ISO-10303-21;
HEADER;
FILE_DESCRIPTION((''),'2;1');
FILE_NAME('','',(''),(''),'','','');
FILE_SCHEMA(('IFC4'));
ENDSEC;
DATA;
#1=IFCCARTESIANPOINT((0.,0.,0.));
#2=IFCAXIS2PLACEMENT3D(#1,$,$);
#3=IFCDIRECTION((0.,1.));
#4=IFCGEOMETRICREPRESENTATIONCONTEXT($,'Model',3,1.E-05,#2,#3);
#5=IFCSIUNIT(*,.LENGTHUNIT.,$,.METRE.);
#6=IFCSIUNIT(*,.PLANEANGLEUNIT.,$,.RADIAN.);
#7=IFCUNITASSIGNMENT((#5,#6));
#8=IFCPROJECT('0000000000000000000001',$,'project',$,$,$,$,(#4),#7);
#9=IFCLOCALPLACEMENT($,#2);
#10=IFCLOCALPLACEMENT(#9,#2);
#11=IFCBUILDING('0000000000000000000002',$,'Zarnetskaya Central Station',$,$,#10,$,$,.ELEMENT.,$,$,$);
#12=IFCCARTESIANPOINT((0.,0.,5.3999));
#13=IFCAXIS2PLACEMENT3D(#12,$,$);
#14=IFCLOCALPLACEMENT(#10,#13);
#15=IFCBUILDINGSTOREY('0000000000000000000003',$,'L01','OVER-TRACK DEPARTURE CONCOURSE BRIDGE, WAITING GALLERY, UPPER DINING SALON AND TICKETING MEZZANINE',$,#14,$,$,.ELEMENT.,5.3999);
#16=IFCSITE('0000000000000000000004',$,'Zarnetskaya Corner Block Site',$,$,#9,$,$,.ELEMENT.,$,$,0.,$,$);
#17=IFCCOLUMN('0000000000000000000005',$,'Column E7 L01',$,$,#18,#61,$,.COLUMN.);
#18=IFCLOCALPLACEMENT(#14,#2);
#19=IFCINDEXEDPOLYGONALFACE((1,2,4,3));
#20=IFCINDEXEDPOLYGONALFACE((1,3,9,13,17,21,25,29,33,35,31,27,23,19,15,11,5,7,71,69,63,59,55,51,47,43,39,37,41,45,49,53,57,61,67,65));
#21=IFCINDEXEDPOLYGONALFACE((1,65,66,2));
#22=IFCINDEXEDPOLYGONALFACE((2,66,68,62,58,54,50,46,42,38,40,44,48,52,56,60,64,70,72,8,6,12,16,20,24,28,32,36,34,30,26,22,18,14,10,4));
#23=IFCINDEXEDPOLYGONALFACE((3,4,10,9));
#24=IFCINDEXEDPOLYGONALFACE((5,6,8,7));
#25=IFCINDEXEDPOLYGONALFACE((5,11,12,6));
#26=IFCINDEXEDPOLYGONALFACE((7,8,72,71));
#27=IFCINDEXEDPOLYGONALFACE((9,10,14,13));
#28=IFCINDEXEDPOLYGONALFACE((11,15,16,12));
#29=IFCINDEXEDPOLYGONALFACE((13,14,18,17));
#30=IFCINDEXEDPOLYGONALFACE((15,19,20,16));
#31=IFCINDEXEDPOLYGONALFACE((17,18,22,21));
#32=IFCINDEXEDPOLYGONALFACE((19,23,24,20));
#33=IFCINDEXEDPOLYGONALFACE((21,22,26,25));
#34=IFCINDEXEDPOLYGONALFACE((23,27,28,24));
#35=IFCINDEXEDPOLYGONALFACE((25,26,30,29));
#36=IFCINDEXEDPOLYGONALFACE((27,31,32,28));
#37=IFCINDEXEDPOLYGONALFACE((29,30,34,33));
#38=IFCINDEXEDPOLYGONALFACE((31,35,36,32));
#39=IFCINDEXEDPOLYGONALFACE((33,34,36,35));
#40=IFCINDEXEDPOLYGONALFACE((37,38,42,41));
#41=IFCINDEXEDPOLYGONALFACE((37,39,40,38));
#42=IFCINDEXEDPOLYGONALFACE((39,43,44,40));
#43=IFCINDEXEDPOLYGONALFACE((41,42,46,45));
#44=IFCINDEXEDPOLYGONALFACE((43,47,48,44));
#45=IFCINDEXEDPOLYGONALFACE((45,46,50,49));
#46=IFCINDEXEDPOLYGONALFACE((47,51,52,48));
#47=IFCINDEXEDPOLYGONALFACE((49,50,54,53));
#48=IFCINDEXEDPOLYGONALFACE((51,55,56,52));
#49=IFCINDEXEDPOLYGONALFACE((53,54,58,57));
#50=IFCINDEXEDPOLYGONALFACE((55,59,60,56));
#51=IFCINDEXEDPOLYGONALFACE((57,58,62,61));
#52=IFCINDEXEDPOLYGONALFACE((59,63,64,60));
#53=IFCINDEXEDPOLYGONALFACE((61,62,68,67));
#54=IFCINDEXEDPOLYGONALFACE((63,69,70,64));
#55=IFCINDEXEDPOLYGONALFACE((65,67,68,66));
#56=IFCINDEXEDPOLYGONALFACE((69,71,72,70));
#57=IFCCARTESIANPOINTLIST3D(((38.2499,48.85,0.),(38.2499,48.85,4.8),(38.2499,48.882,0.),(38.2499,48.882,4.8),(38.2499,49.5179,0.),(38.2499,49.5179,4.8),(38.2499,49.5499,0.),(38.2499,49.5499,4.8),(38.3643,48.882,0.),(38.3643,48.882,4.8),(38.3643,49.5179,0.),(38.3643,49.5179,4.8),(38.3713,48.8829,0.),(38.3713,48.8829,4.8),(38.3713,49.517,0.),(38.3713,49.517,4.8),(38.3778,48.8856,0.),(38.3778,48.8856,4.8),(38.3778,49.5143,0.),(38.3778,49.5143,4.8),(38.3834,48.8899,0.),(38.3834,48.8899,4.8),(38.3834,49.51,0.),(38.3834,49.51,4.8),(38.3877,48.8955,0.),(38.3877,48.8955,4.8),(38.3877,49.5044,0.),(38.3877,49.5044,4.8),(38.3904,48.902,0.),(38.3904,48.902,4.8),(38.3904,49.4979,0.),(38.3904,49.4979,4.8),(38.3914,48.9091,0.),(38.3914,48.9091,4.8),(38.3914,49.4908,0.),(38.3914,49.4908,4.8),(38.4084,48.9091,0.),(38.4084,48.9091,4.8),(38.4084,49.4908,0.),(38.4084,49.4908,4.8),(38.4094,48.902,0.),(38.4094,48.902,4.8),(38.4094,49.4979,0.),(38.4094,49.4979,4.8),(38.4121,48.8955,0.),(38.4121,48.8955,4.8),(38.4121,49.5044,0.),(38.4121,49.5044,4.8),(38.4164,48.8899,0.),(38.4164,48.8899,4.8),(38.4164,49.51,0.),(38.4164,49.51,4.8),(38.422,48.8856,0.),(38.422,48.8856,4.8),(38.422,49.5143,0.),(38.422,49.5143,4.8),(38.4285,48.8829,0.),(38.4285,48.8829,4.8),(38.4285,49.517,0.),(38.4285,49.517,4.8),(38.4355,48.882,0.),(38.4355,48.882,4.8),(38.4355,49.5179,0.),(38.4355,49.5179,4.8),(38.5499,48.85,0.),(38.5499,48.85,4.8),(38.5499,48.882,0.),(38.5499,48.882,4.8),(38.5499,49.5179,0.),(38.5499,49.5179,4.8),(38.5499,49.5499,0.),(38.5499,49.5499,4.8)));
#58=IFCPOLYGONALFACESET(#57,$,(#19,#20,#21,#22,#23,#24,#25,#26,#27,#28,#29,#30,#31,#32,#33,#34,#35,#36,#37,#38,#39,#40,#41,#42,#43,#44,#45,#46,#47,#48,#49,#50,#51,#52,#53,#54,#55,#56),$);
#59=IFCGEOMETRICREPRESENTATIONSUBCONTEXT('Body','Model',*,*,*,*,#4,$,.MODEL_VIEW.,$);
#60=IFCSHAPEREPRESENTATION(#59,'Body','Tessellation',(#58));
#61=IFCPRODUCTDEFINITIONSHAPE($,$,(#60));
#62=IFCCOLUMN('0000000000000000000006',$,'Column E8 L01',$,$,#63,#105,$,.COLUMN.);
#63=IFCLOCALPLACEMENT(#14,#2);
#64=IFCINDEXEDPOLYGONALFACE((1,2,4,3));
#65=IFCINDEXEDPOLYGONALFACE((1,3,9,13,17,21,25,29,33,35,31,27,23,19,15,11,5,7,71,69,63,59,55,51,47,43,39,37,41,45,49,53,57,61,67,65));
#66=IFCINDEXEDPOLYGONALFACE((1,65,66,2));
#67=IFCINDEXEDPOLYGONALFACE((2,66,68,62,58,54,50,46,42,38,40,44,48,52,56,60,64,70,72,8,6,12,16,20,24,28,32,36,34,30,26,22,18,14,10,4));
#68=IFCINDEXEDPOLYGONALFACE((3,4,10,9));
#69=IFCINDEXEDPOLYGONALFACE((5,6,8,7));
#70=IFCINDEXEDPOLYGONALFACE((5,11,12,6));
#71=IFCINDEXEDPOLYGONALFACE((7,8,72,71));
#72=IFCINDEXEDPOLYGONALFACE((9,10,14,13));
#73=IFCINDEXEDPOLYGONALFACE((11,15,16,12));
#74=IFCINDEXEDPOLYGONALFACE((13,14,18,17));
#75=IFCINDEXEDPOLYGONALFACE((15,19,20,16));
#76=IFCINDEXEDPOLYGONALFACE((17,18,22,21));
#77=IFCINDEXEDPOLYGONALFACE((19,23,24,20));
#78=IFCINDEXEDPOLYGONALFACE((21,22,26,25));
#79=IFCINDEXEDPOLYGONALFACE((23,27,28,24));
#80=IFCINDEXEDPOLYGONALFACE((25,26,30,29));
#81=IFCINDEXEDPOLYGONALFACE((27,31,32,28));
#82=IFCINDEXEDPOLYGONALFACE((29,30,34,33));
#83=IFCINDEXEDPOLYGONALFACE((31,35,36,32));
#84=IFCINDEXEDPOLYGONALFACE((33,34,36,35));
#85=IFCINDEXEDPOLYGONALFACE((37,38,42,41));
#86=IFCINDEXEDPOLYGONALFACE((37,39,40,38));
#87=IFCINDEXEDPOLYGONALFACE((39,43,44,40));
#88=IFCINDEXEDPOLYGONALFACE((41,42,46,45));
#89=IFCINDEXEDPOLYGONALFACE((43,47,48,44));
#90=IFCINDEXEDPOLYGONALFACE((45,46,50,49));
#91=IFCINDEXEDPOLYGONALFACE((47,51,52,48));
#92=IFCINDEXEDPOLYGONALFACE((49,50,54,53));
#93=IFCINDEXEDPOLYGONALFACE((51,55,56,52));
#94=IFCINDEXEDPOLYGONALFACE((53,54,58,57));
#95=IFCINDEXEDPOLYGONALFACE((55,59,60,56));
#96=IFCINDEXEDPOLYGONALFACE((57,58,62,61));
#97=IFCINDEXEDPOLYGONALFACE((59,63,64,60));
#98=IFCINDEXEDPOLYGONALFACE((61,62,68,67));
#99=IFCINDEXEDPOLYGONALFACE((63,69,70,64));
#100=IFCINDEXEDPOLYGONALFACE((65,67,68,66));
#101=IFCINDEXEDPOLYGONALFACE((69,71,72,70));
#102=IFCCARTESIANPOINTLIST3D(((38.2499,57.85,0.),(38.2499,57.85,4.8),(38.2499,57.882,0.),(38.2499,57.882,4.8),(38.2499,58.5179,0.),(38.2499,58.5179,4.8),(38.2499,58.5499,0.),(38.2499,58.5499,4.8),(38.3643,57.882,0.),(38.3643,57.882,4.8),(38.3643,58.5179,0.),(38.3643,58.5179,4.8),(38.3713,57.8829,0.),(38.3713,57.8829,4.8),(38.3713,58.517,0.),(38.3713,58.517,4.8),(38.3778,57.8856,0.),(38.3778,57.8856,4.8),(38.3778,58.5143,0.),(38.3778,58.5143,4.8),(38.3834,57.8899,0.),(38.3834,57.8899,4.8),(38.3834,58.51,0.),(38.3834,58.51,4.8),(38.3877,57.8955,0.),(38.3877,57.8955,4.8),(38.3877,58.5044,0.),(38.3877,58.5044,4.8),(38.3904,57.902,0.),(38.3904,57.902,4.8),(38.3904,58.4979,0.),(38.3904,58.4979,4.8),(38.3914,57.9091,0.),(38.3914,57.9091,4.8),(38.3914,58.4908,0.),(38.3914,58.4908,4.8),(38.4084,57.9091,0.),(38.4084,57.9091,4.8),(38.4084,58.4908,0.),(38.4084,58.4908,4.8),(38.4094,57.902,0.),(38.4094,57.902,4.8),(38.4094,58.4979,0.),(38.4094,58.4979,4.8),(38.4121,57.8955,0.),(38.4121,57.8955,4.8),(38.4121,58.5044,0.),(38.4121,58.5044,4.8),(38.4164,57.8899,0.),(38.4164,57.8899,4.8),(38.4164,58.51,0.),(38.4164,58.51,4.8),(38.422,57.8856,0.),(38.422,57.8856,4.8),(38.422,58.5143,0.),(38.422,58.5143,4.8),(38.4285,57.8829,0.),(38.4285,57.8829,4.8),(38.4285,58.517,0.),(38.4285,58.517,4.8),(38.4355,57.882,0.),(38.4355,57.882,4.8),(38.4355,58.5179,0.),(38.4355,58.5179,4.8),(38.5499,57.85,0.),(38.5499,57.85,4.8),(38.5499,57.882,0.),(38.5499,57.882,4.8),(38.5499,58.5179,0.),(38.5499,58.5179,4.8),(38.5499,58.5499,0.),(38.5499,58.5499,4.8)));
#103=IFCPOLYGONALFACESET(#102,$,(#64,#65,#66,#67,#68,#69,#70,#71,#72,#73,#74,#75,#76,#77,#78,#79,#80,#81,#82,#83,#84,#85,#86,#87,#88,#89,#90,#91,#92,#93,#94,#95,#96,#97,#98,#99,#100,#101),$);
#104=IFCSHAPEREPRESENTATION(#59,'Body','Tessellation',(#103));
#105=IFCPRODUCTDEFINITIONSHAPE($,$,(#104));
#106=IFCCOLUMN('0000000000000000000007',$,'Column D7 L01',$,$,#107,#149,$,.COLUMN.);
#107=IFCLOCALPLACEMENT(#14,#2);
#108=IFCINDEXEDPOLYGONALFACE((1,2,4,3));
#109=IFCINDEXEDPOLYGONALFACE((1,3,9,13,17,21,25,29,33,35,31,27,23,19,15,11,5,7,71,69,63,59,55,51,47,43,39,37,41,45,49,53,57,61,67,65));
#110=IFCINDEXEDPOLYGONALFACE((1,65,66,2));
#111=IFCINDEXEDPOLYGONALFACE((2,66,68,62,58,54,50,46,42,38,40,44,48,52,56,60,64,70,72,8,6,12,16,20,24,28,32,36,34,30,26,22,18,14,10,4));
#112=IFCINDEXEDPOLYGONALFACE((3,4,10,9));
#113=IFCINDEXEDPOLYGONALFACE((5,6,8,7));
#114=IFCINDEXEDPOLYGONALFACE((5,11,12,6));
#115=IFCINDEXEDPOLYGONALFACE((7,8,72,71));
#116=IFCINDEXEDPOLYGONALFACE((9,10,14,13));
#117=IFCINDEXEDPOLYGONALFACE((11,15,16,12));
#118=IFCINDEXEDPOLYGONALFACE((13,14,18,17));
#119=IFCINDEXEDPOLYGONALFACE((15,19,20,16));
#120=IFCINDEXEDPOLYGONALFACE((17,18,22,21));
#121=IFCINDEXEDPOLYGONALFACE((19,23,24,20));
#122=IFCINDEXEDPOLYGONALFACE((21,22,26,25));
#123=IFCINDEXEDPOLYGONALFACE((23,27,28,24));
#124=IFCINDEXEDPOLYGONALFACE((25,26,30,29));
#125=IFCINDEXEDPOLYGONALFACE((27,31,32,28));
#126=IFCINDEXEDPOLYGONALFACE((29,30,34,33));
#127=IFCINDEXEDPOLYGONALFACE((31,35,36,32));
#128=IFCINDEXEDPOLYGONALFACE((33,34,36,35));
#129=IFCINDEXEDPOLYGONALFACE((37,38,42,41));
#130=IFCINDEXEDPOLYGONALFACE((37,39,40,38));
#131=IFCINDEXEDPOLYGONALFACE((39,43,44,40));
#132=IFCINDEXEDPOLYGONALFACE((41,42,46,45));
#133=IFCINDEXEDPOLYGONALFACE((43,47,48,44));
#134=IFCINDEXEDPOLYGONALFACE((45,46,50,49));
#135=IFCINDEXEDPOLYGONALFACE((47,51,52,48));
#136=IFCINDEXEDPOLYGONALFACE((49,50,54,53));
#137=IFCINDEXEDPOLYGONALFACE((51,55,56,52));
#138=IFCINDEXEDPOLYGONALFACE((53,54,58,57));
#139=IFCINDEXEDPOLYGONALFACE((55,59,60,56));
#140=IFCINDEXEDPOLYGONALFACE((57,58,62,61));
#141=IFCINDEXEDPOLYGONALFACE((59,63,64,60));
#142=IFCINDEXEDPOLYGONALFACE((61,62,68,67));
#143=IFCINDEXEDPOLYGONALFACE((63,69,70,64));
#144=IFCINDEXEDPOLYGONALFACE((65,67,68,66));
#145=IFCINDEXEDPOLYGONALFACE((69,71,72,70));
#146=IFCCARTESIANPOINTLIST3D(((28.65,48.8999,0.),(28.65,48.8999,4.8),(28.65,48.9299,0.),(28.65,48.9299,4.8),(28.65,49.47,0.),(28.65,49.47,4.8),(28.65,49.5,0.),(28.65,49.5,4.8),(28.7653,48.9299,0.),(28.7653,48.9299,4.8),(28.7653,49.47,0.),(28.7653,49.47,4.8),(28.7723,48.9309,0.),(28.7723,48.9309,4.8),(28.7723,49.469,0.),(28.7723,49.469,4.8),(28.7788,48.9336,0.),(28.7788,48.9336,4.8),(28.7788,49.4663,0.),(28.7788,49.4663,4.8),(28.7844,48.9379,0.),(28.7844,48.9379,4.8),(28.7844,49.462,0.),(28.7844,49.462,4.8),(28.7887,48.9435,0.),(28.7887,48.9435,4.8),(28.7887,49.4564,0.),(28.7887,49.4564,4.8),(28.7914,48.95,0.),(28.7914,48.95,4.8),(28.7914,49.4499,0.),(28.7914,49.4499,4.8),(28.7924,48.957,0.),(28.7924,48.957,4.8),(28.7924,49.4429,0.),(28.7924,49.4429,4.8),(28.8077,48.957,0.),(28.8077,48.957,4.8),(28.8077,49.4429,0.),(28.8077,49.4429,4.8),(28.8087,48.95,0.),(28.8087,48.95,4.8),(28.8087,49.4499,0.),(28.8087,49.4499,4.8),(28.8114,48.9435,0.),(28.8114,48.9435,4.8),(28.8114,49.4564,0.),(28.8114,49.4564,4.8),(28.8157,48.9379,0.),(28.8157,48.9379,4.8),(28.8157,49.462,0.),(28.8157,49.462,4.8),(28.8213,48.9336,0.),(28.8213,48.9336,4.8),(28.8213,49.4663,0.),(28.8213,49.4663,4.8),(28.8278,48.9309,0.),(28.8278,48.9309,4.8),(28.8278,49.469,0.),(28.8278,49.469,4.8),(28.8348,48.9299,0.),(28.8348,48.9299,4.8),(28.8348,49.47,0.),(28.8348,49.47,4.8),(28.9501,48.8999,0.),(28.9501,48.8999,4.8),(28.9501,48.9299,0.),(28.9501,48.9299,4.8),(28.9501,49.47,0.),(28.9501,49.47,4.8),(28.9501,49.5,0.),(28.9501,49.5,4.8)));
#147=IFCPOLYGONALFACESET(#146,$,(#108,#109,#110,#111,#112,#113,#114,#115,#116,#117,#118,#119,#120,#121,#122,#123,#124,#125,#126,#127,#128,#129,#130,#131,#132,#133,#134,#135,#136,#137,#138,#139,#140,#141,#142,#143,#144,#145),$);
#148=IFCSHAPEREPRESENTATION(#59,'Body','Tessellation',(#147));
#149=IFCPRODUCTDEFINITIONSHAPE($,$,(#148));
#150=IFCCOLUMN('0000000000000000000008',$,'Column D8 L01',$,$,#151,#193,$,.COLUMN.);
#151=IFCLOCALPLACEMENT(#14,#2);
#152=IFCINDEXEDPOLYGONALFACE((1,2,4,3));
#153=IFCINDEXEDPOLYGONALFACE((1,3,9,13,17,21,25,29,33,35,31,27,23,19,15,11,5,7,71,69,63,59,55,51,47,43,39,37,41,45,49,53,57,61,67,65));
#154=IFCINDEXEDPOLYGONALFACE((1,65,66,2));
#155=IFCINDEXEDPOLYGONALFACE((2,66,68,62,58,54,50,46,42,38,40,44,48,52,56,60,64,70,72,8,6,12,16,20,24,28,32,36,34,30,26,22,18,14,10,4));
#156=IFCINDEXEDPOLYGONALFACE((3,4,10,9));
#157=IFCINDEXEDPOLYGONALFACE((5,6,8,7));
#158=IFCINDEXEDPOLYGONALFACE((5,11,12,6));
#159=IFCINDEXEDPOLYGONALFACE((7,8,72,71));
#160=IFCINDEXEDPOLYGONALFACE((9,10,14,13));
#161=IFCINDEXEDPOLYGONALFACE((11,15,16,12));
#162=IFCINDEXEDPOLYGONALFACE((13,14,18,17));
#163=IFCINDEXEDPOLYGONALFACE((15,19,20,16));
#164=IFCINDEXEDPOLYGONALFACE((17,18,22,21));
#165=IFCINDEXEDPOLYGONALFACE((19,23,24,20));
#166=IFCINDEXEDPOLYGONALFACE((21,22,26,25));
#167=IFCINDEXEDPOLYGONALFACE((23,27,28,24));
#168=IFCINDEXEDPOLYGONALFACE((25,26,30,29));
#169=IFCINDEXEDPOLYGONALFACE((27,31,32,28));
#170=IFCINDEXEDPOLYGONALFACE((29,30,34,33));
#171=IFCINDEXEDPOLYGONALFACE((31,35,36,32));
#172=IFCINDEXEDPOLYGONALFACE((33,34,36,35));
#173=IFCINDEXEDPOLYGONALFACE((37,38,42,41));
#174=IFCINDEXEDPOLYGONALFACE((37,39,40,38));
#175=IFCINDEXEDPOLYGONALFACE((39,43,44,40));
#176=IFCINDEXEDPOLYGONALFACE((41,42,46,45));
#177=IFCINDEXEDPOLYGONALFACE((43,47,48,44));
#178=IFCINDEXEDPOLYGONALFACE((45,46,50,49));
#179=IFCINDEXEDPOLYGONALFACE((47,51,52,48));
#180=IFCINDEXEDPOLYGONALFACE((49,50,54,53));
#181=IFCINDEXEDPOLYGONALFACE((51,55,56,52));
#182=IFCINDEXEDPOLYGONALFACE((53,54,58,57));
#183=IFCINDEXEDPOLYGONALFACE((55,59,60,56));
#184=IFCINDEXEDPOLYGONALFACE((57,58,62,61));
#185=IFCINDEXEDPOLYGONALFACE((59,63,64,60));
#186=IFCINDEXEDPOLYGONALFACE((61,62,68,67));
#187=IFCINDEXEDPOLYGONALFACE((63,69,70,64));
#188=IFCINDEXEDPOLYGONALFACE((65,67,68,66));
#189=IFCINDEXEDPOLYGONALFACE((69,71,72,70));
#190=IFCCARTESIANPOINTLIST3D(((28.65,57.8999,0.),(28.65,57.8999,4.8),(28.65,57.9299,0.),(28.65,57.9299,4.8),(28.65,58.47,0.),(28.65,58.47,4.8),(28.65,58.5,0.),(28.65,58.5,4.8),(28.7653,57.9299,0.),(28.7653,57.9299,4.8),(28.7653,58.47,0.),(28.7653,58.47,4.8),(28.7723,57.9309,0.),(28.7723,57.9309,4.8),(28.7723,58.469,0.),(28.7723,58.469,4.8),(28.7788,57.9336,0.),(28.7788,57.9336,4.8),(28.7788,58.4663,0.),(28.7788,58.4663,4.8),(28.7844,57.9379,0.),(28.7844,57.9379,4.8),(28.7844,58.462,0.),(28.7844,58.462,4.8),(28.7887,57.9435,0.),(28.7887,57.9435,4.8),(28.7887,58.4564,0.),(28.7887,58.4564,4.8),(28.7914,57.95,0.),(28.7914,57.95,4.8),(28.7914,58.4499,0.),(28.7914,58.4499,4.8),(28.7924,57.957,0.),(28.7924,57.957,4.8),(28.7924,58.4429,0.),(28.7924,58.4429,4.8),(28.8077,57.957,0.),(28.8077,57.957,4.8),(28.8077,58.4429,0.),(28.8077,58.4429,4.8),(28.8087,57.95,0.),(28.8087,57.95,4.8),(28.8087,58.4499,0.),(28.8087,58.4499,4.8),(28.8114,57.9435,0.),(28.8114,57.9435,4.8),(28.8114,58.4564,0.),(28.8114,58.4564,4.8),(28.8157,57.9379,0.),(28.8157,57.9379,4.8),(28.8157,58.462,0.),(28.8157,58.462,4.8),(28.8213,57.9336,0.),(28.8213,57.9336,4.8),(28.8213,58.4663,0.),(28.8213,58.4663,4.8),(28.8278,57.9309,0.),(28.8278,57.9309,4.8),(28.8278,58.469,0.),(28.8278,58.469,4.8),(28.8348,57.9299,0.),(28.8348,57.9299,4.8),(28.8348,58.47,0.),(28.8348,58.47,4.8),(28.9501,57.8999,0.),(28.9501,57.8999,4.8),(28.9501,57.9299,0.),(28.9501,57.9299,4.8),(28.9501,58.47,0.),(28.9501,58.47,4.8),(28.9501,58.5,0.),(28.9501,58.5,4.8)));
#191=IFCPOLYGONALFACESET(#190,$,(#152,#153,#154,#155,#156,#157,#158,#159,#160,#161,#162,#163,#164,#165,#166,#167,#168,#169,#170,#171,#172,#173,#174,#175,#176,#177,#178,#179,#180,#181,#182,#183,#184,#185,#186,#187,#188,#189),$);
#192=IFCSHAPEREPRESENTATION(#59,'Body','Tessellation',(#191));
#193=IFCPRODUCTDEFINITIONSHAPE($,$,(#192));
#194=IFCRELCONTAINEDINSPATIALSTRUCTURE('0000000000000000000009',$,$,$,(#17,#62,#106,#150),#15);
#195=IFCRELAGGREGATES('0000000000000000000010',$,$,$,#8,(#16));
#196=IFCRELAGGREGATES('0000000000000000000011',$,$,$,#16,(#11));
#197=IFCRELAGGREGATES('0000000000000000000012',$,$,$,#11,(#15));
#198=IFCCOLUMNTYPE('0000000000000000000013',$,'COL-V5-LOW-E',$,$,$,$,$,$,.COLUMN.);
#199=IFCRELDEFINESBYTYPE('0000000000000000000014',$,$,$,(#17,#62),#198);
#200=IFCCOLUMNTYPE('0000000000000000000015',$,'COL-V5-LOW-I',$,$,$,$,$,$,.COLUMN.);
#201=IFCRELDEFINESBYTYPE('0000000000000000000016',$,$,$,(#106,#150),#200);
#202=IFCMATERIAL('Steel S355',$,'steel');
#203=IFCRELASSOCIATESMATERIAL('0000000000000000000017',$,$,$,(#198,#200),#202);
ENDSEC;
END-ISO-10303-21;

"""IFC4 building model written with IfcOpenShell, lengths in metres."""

from ifc_helpers import new_model, si_unit, direction, frame, origin, origin_2d, place, context, subcontext, project, spatial, i_section, extrude, material, material_profile, profile_set, type_object, element, save


model = new_model("IFC4")

# Units and contexts
model_context = context("Model", 3, precision=1e-05, world=origin(), true_north=direction((0.0, 1.0)))
body_context = subcontext(model_context, "Body", "Model", "MODEL_VIEW")
ifc_project = project(units=[si_unit("LENGTHUNIT", "METRE"), si_unit("PLANEANGLEUNIT", "RADIAN")], contexts=[model_context])

# Site, building, storey
site_placement = place(None, origin())
site = spatial("IfcSite", under=ifc_project, at=site_placement, Name="Zarnetskaya Corner Block Site", CompositionType="ELEMENT", RefElevation=0.0)
building_placement = place(site_placement, origin())
building = spatial("IfcBuilding", under=site, at=building_placement, Name="Zarnetskaya Central Station", CompositionType="ELEMENT")
storey_placement = place(building_placement, frame((0.0, 0.0, 5.3999)))
storey = spatial("IfcBuildingStorey", under=building, at=storey_placement, Name="L01", Description="OVER-TRACK DEPARTURE CONCOURSE BRIDGE, WAITING GALLERY, UPPER DINING SALON AND TICKETING MEZZANINE", CompositionType="ELEMENT", Elevation=5.3999)

# Columns
ifc_material_1 = material(Name="Steel S355", Category="steel")
ifc_material_profile_1 = material_profile(ifc_material_1, i_section(OverallWidth=0.3, OverallDepth=0.7, WebThickness=0.0171, FlangeThickness=0.032, FilletRadius=0.0271, at=origin_2d()), Name="HEB 700")
ifc_profile_set_1 = profile_set([ifc_material_profile_1], Name="Steel S355")
column_type_1 = type_object("IfcColumnType", Name="COL-V5-LOW-E", PredefinedType="COLUMN", material=ifc_profile_set_1)
for number, where, z_axis, x_axis, name in (
    (1, (38.3999, 49.2, 0.0), (0.0, 0.0, 1.0), (1.0, 0.0, 0.0), "Column E7 L01"),
    (2, (38.3999, 58.2, 0.0), (0.0, 0.0, 1.0), (1.0, 0.0, 0.0), "Column E8 L01"),
):
    element("IfcColumn", number, at=place(storey_placement, frame(where, z_axis=z_axis, x_axis=x_axis)), inside=storey, type_object=column_type_1, Name=name, PredefinedType="COLUMN", context=body_context, shape_type="SweptSolid", body=[
        extrude(i_section(OverallWidth=0.3, OverallDepth=0.7, WebThickness=0.0171, FlangeThickness=0.032, FilletRadius=0.0271, at=origin_2d()), origin(), (0.0, 0.0, 1.0), 4.8),
    ])
ifc_material_profile_2 = material_profile(ifc_material_1, i_section(OverallWidth=0.3, OverallDepth=0.6001, WebThickness=0.0154, FlangeThickness=0.03, FilletRadius=0.0271, at=origin_2d()), Name="HEB 600")
ifc_profile_set_2 = profile_set([ifc_material_profile_2], Name="Steel S355")
column_type_2 = type_object("IfcColumnType", Name="COL-V5-LOW-I", PredefinedType="COLUMN", material=ifc_profile_set_2)
for number, where, z_axis, x_axis, name in (
    (3, (28.8, 49.2, 0.0), (0.0, 0.0, 1.0), (1.0, 0.0, 0.0), "Column D7 L01"),
    (4, (28.8, 58.2, 0.0), (0.0, 0.0, 1.0), (1.0, 0.0, 0.0), "Column D8 L01"),
):
    element("IfcColumn", number, at=place(storey_placement, frame(where, z_axis=z_axis, x_axis=x_axis)), inside=storey, type_object=column_type_2, Name=name, PredefinedType="COLUMN", context=body_context, shape_type="SweptSolid", body=[
        extrude(i_section(OverallWidth=0.3, OverallDepth=0.6001, WebThickness=0.0154, FlangeThickness=0.03, FilletRadius=0.0271, at=origin_2d()), origin(), (0.0, 0.0, 1.0), 4.8),
    ])

save(model, "model.ifc")
